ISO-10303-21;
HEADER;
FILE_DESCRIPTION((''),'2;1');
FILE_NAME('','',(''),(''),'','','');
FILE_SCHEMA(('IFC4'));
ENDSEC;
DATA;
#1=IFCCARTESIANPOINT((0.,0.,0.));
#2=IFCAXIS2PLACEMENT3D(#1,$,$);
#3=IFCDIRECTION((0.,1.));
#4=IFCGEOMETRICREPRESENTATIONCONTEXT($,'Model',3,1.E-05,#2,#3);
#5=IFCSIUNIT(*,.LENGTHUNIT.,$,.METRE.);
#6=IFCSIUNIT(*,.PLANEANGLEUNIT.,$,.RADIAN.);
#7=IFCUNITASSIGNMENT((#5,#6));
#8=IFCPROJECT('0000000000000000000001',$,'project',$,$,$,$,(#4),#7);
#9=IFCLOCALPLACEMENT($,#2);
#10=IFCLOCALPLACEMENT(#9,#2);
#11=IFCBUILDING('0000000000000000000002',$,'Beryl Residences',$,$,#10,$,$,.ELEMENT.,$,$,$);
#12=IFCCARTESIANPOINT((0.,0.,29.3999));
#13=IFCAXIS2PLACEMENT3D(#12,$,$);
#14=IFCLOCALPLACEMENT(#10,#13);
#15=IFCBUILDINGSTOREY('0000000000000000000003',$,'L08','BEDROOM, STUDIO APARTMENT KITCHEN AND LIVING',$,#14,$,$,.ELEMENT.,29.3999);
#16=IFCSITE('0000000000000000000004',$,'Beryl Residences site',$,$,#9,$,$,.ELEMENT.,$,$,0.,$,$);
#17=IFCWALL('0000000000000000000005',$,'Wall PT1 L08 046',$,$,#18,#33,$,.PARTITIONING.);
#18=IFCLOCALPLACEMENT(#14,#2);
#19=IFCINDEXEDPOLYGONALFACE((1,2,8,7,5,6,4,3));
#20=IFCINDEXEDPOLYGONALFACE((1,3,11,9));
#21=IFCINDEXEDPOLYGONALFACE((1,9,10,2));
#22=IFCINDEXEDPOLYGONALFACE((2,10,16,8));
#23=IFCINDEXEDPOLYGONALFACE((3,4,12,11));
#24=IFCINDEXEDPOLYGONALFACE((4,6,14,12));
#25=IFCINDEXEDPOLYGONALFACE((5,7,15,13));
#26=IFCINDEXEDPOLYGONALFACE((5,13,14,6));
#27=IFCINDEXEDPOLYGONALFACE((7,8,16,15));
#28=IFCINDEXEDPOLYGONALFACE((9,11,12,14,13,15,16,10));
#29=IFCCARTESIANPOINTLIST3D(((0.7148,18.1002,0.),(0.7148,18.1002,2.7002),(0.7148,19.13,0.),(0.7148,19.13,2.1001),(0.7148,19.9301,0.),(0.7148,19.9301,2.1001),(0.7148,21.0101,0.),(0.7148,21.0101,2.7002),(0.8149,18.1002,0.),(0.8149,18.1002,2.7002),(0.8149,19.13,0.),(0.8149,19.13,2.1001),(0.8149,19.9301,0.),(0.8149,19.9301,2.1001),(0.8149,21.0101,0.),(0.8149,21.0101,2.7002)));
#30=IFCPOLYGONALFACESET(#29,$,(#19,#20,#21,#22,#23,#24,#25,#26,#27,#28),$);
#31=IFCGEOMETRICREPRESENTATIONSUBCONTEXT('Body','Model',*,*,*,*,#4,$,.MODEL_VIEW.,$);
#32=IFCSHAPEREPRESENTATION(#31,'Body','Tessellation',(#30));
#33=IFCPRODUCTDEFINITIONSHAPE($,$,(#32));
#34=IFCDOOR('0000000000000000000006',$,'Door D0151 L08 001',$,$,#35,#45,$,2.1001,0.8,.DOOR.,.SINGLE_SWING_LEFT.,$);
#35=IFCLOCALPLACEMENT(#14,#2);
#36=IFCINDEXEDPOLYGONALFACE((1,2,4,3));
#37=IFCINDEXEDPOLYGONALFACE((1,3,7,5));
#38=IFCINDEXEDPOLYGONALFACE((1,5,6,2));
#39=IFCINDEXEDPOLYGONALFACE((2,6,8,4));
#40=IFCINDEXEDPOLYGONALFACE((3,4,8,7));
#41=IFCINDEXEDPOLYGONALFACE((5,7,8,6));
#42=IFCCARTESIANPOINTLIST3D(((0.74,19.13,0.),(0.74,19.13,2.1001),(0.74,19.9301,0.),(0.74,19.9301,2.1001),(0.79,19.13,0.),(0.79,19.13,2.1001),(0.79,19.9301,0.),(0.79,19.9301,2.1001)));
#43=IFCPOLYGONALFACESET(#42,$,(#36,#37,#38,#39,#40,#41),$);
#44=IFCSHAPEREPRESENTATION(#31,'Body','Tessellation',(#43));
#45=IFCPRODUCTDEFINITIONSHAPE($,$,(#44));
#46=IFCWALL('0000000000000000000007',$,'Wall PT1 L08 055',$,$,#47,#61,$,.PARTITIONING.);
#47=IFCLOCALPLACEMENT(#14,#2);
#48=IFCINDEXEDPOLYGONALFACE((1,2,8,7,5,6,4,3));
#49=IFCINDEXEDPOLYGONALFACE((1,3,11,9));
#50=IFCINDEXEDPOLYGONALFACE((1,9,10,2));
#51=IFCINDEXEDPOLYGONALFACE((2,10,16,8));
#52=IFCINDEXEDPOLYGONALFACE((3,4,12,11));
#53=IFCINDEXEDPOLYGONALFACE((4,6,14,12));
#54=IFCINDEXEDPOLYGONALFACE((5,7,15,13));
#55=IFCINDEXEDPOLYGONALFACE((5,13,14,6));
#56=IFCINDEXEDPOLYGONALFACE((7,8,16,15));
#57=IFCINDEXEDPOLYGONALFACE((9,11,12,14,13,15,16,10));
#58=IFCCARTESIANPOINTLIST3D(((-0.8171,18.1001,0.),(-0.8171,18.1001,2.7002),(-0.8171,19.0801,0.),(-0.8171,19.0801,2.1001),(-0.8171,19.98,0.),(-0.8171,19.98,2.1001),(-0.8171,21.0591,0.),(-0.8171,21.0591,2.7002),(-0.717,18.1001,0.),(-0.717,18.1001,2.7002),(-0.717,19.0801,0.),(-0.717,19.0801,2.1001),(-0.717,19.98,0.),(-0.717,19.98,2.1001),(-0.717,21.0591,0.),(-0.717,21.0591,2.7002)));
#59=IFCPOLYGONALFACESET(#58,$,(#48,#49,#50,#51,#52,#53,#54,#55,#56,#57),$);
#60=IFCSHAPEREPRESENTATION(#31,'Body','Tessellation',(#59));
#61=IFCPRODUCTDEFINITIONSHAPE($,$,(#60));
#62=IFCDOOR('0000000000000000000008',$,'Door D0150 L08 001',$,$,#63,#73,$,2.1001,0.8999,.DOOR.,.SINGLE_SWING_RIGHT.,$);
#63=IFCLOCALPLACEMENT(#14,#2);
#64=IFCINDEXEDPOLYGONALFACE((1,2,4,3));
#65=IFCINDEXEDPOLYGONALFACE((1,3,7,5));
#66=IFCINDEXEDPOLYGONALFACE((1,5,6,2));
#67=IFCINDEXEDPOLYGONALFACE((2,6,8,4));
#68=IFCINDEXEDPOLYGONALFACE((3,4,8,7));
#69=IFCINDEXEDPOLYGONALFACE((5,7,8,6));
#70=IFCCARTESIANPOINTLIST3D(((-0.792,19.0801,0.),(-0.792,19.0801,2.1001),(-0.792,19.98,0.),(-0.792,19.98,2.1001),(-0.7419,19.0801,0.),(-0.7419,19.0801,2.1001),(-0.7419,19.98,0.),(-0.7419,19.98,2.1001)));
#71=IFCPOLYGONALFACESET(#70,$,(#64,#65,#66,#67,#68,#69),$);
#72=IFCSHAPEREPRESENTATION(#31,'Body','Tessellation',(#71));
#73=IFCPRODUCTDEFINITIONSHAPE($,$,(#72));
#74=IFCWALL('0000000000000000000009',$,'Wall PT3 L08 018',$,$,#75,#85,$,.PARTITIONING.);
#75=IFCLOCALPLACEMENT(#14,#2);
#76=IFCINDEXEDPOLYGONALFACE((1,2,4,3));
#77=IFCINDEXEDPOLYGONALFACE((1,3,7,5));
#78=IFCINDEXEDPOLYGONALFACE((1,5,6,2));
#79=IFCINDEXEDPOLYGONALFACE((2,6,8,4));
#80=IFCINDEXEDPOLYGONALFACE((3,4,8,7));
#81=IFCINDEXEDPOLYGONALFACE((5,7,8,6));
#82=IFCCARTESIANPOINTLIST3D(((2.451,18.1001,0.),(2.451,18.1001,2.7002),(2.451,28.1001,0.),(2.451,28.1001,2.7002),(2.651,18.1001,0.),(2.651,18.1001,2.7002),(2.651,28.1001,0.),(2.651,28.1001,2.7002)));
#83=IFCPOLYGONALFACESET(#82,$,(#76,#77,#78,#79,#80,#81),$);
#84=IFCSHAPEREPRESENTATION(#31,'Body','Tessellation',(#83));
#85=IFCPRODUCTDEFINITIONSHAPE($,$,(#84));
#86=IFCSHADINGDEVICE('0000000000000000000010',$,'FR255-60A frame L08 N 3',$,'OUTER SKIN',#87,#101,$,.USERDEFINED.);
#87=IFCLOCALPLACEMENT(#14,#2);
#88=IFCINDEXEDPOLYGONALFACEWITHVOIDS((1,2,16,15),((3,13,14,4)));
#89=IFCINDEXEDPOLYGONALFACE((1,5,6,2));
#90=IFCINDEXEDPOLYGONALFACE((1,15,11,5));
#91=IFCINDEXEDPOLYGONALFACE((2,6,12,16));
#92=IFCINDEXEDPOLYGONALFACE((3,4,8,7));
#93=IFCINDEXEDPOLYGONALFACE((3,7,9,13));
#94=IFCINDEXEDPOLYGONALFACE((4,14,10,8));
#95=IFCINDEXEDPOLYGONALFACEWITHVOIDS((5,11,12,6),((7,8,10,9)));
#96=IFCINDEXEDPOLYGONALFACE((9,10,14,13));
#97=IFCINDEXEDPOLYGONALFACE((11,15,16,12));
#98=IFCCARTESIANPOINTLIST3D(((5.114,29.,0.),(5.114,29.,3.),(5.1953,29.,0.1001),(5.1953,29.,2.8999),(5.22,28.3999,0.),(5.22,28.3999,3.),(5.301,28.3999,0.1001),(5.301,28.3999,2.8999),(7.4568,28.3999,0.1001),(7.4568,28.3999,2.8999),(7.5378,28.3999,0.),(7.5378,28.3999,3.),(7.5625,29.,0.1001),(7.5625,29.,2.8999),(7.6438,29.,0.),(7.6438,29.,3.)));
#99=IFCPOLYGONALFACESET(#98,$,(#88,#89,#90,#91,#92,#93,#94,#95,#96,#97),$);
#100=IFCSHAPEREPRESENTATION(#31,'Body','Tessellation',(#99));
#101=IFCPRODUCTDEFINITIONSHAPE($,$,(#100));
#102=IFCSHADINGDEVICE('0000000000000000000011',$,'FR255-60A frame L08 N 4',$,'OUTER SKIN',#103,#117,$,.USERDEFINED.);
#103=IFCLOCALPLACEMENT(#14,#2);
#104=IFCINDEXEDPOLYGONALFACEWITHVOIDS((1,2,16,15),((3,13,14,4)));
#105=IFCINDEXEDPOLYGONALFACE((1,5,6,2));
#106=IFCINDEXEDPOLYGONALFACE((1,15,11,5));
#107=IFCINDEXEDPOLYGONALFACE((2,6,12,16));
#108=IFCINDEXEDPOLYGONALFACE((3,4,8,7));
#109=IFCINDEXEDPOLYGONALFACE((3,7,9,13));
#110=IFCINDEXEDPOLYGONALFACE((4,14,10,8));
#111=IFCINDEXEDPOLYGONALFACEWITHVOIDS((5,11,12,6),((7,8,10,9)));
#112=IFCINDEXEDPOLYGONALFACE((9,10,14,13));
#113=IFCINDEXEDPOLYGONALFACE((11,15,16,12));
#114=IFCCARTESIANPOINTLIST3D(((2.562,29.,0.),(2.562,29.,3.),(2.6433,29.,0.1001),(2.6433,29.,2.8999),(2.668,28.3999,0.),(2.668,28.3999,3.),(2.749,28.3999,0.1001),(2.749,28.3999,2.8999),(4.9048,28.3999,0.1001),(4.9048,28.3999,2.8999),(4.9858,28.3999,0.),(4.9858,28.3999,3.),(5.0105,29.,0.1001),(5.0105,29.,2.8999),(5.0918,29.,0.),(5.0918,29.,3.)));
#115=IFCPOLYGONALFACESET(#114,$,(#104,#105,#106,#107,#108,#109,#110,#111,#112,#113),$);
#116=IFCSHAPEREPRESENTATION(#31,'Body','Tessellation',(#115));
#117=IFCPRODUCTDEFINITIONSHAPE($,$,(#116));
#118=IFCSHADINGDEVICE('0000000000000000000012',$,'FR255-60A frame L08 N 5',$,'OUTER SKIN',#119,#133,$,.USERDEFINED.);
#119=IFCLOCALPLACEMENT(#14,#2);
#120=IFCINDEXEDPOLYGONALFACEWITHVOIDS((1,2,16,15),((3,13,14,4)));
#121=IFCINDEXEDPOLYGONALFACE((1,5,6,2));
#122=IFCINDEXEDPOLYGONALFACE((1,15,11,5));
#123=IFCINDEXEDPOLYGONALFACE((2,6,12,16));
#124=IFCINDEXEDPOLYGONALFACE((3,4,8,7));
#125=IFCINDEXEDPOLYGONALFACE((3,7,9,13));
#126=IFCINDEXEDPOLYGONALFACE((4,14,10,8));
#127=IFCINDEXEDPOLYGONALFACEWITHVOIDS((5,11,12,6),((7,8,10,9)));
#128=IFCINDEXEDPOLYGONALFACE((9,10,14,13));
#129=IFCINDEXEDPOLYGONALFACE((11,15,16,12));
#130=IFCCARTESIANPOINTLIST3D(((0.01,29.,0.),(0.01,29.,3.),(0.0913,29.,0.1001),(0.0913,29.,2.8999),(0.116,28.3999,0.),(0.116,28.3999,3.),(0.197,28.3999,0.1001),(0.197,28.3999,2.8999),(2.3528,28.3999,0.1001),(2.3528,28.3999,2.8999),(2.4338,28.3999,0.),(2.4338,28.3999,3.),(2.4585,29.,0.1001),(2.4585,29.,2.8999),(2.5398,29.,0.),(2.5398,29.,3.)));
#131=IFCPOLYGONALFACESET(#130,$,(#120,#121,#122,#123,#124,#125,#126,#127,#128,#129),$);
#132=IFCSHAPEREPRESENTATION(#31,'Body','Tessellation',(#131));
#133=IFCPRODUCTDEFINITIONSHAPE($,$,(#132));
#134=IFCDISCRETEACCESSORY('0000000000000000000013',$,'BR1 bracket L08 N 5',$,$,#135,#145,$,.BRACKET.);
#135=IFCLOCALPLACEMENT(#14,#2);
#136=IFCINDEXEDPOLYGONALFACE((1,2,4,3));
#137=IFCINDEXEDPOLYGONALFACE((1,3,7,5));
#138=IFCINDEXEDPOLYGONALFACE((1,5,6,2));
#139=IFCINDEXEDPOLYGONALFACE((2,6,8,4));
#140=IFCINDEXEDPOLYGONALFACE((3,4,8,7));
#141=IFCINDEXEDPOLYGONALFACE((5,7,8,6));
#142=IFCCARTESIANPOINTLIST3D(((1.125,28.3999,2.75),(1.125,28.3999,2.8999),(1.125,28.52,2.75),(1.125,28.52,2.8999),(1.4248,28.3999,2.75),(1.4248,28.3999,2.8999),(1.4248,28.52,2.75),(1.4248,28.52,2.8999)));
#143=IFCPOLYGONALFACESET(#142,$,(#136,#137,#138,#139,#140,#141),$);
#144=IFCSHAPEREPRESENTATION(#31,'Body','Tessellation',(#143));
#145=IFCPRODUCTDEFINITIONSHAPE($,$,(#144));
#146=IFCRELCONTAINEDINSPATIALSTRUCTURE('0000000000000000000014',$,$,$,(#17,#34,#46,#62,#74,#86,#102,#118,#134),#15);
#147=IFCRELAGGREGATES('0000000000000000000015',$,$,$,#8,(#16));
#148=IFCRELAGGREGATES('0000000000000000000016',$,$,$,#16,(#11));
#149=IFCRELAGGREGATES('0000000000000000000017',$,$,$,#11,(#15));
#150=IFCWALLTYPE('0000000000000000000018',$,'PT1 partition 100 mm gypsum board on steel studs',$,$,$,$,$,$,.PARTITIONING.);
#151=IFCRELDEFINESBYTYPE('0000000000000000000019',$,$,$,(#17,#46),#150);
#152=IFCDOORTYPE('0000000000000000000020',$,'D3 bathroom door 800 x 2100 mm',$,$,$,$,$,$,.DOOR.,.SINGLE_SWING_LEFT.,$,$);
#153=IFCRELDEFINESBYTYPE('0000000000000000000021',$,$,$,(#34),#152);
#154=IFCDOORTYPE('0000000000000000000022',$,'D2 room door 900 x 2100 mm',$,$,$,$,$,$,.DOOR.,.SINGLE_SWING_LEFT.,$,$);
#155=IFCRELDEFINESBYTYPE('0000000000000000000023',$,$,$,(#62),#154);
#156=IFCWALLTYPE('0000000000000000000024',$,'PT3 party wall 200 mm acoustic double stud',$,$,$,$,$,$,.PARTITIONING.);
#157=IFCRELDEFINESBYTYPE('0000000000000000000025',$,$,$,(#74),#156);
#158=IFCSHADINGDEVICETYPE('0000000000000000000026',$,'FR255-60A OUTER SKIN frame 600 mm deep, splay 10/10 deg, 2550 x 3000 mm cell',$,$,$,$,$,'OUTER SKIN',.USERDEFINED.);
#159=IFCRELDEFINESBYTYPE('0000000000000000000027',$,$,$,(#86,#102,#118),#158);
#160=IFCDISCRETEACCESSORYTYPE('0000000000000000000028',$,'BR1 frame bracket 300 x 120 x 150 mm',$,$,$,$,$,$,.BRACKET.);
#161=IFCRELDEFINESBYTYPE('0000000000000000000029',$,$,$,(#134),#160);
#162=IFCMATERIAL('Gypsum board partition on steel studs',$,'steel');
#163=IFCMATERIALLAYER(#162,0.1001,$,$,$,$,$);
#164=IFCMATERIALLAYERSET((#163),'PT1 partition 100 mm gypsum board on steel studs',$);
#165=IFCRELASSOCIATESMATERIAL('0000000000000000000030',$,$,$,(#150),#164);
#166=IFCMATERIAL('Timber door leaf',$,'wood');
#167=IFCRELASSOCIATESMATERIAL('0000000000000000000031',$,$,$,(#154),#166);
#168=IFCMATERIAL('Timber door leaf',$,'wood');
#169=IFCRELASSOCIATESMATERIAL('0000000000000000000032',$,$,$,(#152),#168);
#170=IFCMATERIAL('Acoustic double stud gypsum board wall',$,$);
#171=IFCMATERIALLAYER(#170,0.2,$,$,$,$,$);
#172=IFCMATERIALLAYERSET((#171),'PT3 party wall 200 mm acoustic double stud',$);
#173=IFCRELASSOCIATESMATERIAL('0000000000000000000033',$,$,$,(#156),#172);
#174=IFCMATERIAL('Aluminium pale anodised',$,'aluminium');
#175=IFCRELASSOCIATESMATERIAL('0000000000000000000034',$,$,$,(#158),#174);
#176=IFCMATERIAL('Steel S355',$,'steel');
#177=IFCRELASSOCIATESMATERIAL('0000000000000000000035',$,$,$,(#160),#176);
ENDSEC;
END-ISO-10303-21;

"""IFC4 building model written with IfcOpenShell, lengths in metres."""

from ifc_helpers import new_model, entity, si_unit, direction, frame, frame_2d, origin, place, context, subcontext, project, spatial, polyline, rectangle, outline, extrude, source, transform, mapped, material, layer, layer_set, type_object, type_shapes, element, fill, save


model = new_model("IFC4")

# Units and contexts
model_context = context("Model", 3, precision=1e-05, world=origin(), true_north=direction((0.0, 1.0)))
body_context = subcontext(model_context, "Body", "Model", "MODEL_VIEW")
ifc_project = project(units=[si_unit("LENGTHUNIT", "METRE"), si_unit("PLANEANGLEUNIT", "RADIAN")], contexts=[model_context])

# Site, building, storey
site_placement = place(None, origin())
site = spatial("IfcSite", under=ifc_project, at=site_placement, Name="Beryl Residences site", CompositionType="ELEMENT", RefElevation=0.0)
building_placement = place(site_placement, origin())
building = spatial("IfcBuilding", under=site, at=building_placement, Name="Beryl Residences", CompositionType="ELEMENT")
storey_placement = place(building_placement, frame((0.0, 0.0, 29.3999)))
storey = spatial("IfcBuildingStorey", under=building, at=storey_placement, Name="L08", Description="BEDROOM, STUDIO APARTMENT KITCHEN AND LIVING", CompositionType="ELEMENT", Elevation=29.3999)

# Shared definitions
ifc_material_1 = material(Name="Gypsum board partition on steel studs", Category="steel")
ifc_layer_1 = layer(ifc_material_1, 0.1001)
ifc_layer_set_1 = layer_set([ifc_layer_1], Name="PT1 partition 100 mm gypsum board on steel studs")
wall_type_1 = type_object("IfcWallType", Name="PT1 partition 100 mm gypsum board on steel studs", PredefinedType="PARTITIONING", material=ifc_layer_set_1)

# Shared definitions
ifc_material_2 = material(Name="Timber door leaf", Category="wood")
door_type_1 = type_object("IfcDoorType", Name="D2 room door 900 x 2100 mm", OperationType="SINGLE_SWING_LEFT", PredefinedType="DOOR", material=ifc_material_2)
ifc_material_3 = material(Name="Timber door leaf", Category="wood")
door_type_2 = type_object("IfcDoorType", Name="D3 bathroom door 800 x 2100 mm", OperationType="SINGLE_SWING_LEFT", PredefinedType="DOOR", material=ifc_material_3)

# Walls, openings, doors
wall_1_placement = place(storey_placement, frame((0.7649, 18.1001, 0.0), z_axis=(0.0, 0.0, 1.0), x_axis=(0.0, 1.0, 0.0)))
wall_1 = element("IfcWall", 1, at=wall_1_placement, inside=storey, type_object=wall_type_1, Name="Wall PT1 L08 046", PredefinedType="PARTITIONING", context=body_context, shape_type="SweptSolid", body=[
    extrude(rectangle(XDim=2.9099, YDim=0.1001, at=frame_2d((1.4551, 0.0))), origin(), (0.0, 0.0, 1.0), 2.7002),
])
opening_1_placement = place(wall_1_placement, frame((1.03, 0.0, 0.0)))
opening_1 = element("IfcOpeningElement", 2, at=opening_1_placement, cuts=wall_1, PredefinedType="OPENING", context=body_context, shape_type="SweptSolid", body=[
    extrude(rectangle(XDim=0.8, YDim=2.1001, at=frame_2d((0.3999, 1.05))), frame((0.0, 0.0601, 0.0), z_axis=(0.0, -1.0, 0.0), x_axis=(1.0, 0.0, 0.0)), (0.0, 0.0, 1.0), 0.1201),
])
door_1_placement = place(opening_1_placement, origin())
door_1 = element("IfcDoor", 3, at=door_1_placement, inside=storey, type_object=door_type_2, Name="Door D0151 L08 001", OperationType="SINGLE_SWING_LEFT", OverallHeight=2.1001, OverallWidth=0.8, PredefinedType="DOOR", context=body_context, shape_type="SweptSolid", body=[
    extrude(rectangle(XDim=0.8, YDim=2.1001, at=frame_2d((0.3999, 1.05))), frame((0.0, 0.0249, 0.0), z_axis=(0.0, -1.0, 0.0), x_axis=(1.0, 0.0, 0.0)), (0.0, 0.0, 1.0), 0.05),
])
fill(opening_1, door_1)
wall_2_placement = place(storey_placement, frame((-0.7671, 18.1001, 0.0), z_axis=(0.0, 0.0, 1.0), x_axis=(0.0, 1.0, 0.0)))
wall_2 = element("IfcWall", 4, at=wall_2_placement, inside=storey, type_object=wall_type_1, Name="Wall PT1 L08 055", PredefinedType="PARTITIONING", context=body_context, shape_type="SweptSolid", body=[
    extrude(rectangle(XDim=2.959, YDim=0.1001, at=frame_2d((1.4795, 0.0))), origin(), (0.0, 0.0, 1.0), 2.7002),
])
opening_2_placement = place(wall_2_placement, frame((0.98, 0.0, 0.0)))
opening_2 = element("IfcOpeningElement", 5, at=opening_2_placement, cuts=wall_2, PredefinedType="OPENING", context=body_context, shape_type="SweptSolid", body=[
    extrude(rectangle(XDim=0.8999, YDim=2.1001, at=frame_2d((0.45, 1.05))), frame((0.0, 0.0601, 0.0), z_axis=(0.0, -1.0, 0.0), x_axis=(1.0, 0.0, 0.0)), (0.0, 0.0, 1.0), 0.1201),
])
door_2_placement = place(opening_2_placement, origin())
door_2 = element("IfcDoor", 6, at=door_2_placement, inside=storey, type_object=door_type_1, Name="Door D0150 L08 001", OperationType="SINGLE_SWING_RIGHT", OverallHeight=2.1001, OverallWidth=0.8999, PredefinedType="DOOR", context=body_context, shape_type="SweptSolid", body=[
    extrude(rectangle(XDim=0.8999, YDim=2.1001, at=frame_2d((0.45, 1.05))), frame((0.0, 0.0249, 0.0), z_axis=(0.0, -1.0, 0.0), x_axis=(1.0, 0.0, 0.0)), (0.0, 0.0, 1.0), 0.05),
])
fill(opening_2, door_2)

# Wall
ifc_material_4 = material(Name="Acoustic double stud gypsum board wall")
ifc_layer_2 = layer(ifc_material_4, 0.2)
ifc_layer_set_2 = layer_set([ifc_layer_2], Name="PT3 party wall 200 mm acoustic double stud")
wall_type_2 = type_object("IfcWallType", Name="PT3 party wall 200 mm acoustic double stud", PredefinedType="PARTITIONING", material=ifc_layer_set_2)
wall_3_placement = place(storey_placement, frame((2.551, 18.1001, 0.0), z_axis=(0.0, 0.0, 1.0), x_axis=(0.0, 1.0, 0.0)))
element("IfcWall", 7, at=wall_3_placement, inside=storey, type_object=wall_type_2, Name="Wall PT3 L08 018", PredefinedType="PARTITIONING", context=body_context, shape_type="SweptSolid", body=[
    extrude(rectangle(XDim=10.0, YDim=0.2, at=frame_2d((5.0, 0.0))), origin(), (0.0, 0.0, 1.0), 2.7002),
])

# Shading devices
ifc_material_5 = material(Name="Aluminium pale anodised", Category="aluminium")
shading_device_type = type_object("IfcShadingDeviceType", Name="FR255-60A OUTER SKIN frame 600 mm deep, splay 10/10 deg, 2550 x 3000 mm cell", ElementType="OUTER SKIN", PredefinedType="USERDEFINED", material=ifc_material_5)
cartesian_point_1 = entity("IfcCartesianPoint", [-1.1589, 0.0])
cartesian_point_2 = entity("IfcCartesianPoint", [-1.0779, 0.1001])
cartesian_point_3 = entity("IfcCartesianPoint", [-1.2649, 0.0])
cartesian_point_4 = entity("IfcCartesianPoint", [-1.1836, 0.1001])
shared_shape_1 = source(origin(), body_context, "Body", "SweptSolid", [
    entity("IfcExtrudedAreaSolidTapered", entity("IfcArbitraryProfileDefWithVoids", "AREA", None, entity("IfcPolyline", [cartesian_point_1, entity("IfcCartesianPoint", [1.1589, 0.0]), entity("IfcCartesianPoint", [1.1589, 3.0]), entity("IfcCartesianPoint", [-1.1589, 3.0]), cartesian_point_1]), [entity("IfcPolyline", [cartesian_point_2, entity("IfcCartesianPoint", [1.0779, 0.1001]), entity("IfcCartesianPoint", [1.0779, 2.8999]), entity("IfcCartesianPoint", [-1.0779, 2.8999]), cartesian_point_2])]), entity("IfcAxis2Placement3D", entity("IfcCartesianPoint", [0.0, 0.0, 0.0]), entity("IfcDirection", [0.0, 1.0, 0.0]), entity("IfcDirection", [-1.0, 0.0, 0.0])), entity("IfcDirection", [0.0, 0.0, 1.0]), 0.6001, entity("IfcArbitraryProfileDefWithVoids", "AREA", None, entity("IfcPolyline", [cartesian_point_3, entity("IfcCartesianPoint", [1.2649, 0.0]), entity("IfcCartesianPoint", [1.2649, 3.0]), entity("IfcCartesianPoint", [-1.2649, 3.0]), cartesian_point_3]), [entity("IfcPolyline", [cartesian_point_4, entity("IfcCartesianPoint", [1.1836, 0.1001]), entity("IfcCartesianPoint", [1.1836, 2.8999]), entity("IfcCartesianPoint", [-1.1836, 2.8999]), cartesian_point_4])])),
])
type_shapes(shading_device_type, [shared_shape_1])
for number, where, z_axis, x_axis, name in (
    (8, (6.3789, 28.3999, 0.0), (0.0, 0.0, 1.0), (1.0, 0.0, 0.0), "FR255-60A frame L08 N 3"),
    (9, (3.8269, 28.3999, 0.0), (0.0, 0.0, 1.0), (1.0, 0.0, 0.0), "FR255-60A frame L08 N 4"),
    (10, (1.2749, 28.3999, 0.0), (0.0, 0.0, 1.0), (1.0, 0.0, 0.0), "FR255-60A frame L08 N 5"),
):
    element("IfcShadingDevice", number, at=place(storey_placement, frame(where, z_axis=z_axis, x_axis=x_axis)), inside=storey, type_object=shading_device_type, Name=name, ObjectType="OUTER SKIN", PredefinedType="USERDEFINED", context=body_context, shape_type="MappedRepresentation", body=[
        mapped(shared_shape_1, transform((0.0, 0.0, 0.0))),
    ])

# Discrete accessory
ifc_material_6 = material(Name="Steel S355", Category="steel")
discrete_accessory_type = type_object("IfcDiscreteAccessoryType", Name="BR1 frame bracket 300 x 120 x 150 mm", PredefinedType="BRACKET", material=ifc_material_6)
shared_shape_2 = source(origin(), body_context, "Body", "SweptSolid", [
    extrude(outline(polyline([(-0.1499, 0.0), (0.1499, 0.0), (0.1499, 0.1201), (-0.1499, 0.1201), (-0.1499, 0.0)])), origin(), (0.0, 0.0, 1.0), 0.1499),
])
type_shapes(discrete_accessory_type, [shared_shape_2])
discrete_accessory_placement = place(storey_placement, frame((1.2749, 28.3999, 2.75), z_axis=(0.0, 0.0, 1.0), x_axis=(1.0, 0.0, 0.0)))
element("IfcDiscreteAccessory", 11, at=discrete_accessory_placement, inside=storey, type_object=discrete_accessory_type, Name="BR1 bracket L08 N 5", PredefinedType="BRACKET", context=body_context, shape_type="MappedRepresentation", body=[
    mapped(shared_shape_2, transform((0.0, 0.0, 0.0))),
])

save(model, "model.ifc")
